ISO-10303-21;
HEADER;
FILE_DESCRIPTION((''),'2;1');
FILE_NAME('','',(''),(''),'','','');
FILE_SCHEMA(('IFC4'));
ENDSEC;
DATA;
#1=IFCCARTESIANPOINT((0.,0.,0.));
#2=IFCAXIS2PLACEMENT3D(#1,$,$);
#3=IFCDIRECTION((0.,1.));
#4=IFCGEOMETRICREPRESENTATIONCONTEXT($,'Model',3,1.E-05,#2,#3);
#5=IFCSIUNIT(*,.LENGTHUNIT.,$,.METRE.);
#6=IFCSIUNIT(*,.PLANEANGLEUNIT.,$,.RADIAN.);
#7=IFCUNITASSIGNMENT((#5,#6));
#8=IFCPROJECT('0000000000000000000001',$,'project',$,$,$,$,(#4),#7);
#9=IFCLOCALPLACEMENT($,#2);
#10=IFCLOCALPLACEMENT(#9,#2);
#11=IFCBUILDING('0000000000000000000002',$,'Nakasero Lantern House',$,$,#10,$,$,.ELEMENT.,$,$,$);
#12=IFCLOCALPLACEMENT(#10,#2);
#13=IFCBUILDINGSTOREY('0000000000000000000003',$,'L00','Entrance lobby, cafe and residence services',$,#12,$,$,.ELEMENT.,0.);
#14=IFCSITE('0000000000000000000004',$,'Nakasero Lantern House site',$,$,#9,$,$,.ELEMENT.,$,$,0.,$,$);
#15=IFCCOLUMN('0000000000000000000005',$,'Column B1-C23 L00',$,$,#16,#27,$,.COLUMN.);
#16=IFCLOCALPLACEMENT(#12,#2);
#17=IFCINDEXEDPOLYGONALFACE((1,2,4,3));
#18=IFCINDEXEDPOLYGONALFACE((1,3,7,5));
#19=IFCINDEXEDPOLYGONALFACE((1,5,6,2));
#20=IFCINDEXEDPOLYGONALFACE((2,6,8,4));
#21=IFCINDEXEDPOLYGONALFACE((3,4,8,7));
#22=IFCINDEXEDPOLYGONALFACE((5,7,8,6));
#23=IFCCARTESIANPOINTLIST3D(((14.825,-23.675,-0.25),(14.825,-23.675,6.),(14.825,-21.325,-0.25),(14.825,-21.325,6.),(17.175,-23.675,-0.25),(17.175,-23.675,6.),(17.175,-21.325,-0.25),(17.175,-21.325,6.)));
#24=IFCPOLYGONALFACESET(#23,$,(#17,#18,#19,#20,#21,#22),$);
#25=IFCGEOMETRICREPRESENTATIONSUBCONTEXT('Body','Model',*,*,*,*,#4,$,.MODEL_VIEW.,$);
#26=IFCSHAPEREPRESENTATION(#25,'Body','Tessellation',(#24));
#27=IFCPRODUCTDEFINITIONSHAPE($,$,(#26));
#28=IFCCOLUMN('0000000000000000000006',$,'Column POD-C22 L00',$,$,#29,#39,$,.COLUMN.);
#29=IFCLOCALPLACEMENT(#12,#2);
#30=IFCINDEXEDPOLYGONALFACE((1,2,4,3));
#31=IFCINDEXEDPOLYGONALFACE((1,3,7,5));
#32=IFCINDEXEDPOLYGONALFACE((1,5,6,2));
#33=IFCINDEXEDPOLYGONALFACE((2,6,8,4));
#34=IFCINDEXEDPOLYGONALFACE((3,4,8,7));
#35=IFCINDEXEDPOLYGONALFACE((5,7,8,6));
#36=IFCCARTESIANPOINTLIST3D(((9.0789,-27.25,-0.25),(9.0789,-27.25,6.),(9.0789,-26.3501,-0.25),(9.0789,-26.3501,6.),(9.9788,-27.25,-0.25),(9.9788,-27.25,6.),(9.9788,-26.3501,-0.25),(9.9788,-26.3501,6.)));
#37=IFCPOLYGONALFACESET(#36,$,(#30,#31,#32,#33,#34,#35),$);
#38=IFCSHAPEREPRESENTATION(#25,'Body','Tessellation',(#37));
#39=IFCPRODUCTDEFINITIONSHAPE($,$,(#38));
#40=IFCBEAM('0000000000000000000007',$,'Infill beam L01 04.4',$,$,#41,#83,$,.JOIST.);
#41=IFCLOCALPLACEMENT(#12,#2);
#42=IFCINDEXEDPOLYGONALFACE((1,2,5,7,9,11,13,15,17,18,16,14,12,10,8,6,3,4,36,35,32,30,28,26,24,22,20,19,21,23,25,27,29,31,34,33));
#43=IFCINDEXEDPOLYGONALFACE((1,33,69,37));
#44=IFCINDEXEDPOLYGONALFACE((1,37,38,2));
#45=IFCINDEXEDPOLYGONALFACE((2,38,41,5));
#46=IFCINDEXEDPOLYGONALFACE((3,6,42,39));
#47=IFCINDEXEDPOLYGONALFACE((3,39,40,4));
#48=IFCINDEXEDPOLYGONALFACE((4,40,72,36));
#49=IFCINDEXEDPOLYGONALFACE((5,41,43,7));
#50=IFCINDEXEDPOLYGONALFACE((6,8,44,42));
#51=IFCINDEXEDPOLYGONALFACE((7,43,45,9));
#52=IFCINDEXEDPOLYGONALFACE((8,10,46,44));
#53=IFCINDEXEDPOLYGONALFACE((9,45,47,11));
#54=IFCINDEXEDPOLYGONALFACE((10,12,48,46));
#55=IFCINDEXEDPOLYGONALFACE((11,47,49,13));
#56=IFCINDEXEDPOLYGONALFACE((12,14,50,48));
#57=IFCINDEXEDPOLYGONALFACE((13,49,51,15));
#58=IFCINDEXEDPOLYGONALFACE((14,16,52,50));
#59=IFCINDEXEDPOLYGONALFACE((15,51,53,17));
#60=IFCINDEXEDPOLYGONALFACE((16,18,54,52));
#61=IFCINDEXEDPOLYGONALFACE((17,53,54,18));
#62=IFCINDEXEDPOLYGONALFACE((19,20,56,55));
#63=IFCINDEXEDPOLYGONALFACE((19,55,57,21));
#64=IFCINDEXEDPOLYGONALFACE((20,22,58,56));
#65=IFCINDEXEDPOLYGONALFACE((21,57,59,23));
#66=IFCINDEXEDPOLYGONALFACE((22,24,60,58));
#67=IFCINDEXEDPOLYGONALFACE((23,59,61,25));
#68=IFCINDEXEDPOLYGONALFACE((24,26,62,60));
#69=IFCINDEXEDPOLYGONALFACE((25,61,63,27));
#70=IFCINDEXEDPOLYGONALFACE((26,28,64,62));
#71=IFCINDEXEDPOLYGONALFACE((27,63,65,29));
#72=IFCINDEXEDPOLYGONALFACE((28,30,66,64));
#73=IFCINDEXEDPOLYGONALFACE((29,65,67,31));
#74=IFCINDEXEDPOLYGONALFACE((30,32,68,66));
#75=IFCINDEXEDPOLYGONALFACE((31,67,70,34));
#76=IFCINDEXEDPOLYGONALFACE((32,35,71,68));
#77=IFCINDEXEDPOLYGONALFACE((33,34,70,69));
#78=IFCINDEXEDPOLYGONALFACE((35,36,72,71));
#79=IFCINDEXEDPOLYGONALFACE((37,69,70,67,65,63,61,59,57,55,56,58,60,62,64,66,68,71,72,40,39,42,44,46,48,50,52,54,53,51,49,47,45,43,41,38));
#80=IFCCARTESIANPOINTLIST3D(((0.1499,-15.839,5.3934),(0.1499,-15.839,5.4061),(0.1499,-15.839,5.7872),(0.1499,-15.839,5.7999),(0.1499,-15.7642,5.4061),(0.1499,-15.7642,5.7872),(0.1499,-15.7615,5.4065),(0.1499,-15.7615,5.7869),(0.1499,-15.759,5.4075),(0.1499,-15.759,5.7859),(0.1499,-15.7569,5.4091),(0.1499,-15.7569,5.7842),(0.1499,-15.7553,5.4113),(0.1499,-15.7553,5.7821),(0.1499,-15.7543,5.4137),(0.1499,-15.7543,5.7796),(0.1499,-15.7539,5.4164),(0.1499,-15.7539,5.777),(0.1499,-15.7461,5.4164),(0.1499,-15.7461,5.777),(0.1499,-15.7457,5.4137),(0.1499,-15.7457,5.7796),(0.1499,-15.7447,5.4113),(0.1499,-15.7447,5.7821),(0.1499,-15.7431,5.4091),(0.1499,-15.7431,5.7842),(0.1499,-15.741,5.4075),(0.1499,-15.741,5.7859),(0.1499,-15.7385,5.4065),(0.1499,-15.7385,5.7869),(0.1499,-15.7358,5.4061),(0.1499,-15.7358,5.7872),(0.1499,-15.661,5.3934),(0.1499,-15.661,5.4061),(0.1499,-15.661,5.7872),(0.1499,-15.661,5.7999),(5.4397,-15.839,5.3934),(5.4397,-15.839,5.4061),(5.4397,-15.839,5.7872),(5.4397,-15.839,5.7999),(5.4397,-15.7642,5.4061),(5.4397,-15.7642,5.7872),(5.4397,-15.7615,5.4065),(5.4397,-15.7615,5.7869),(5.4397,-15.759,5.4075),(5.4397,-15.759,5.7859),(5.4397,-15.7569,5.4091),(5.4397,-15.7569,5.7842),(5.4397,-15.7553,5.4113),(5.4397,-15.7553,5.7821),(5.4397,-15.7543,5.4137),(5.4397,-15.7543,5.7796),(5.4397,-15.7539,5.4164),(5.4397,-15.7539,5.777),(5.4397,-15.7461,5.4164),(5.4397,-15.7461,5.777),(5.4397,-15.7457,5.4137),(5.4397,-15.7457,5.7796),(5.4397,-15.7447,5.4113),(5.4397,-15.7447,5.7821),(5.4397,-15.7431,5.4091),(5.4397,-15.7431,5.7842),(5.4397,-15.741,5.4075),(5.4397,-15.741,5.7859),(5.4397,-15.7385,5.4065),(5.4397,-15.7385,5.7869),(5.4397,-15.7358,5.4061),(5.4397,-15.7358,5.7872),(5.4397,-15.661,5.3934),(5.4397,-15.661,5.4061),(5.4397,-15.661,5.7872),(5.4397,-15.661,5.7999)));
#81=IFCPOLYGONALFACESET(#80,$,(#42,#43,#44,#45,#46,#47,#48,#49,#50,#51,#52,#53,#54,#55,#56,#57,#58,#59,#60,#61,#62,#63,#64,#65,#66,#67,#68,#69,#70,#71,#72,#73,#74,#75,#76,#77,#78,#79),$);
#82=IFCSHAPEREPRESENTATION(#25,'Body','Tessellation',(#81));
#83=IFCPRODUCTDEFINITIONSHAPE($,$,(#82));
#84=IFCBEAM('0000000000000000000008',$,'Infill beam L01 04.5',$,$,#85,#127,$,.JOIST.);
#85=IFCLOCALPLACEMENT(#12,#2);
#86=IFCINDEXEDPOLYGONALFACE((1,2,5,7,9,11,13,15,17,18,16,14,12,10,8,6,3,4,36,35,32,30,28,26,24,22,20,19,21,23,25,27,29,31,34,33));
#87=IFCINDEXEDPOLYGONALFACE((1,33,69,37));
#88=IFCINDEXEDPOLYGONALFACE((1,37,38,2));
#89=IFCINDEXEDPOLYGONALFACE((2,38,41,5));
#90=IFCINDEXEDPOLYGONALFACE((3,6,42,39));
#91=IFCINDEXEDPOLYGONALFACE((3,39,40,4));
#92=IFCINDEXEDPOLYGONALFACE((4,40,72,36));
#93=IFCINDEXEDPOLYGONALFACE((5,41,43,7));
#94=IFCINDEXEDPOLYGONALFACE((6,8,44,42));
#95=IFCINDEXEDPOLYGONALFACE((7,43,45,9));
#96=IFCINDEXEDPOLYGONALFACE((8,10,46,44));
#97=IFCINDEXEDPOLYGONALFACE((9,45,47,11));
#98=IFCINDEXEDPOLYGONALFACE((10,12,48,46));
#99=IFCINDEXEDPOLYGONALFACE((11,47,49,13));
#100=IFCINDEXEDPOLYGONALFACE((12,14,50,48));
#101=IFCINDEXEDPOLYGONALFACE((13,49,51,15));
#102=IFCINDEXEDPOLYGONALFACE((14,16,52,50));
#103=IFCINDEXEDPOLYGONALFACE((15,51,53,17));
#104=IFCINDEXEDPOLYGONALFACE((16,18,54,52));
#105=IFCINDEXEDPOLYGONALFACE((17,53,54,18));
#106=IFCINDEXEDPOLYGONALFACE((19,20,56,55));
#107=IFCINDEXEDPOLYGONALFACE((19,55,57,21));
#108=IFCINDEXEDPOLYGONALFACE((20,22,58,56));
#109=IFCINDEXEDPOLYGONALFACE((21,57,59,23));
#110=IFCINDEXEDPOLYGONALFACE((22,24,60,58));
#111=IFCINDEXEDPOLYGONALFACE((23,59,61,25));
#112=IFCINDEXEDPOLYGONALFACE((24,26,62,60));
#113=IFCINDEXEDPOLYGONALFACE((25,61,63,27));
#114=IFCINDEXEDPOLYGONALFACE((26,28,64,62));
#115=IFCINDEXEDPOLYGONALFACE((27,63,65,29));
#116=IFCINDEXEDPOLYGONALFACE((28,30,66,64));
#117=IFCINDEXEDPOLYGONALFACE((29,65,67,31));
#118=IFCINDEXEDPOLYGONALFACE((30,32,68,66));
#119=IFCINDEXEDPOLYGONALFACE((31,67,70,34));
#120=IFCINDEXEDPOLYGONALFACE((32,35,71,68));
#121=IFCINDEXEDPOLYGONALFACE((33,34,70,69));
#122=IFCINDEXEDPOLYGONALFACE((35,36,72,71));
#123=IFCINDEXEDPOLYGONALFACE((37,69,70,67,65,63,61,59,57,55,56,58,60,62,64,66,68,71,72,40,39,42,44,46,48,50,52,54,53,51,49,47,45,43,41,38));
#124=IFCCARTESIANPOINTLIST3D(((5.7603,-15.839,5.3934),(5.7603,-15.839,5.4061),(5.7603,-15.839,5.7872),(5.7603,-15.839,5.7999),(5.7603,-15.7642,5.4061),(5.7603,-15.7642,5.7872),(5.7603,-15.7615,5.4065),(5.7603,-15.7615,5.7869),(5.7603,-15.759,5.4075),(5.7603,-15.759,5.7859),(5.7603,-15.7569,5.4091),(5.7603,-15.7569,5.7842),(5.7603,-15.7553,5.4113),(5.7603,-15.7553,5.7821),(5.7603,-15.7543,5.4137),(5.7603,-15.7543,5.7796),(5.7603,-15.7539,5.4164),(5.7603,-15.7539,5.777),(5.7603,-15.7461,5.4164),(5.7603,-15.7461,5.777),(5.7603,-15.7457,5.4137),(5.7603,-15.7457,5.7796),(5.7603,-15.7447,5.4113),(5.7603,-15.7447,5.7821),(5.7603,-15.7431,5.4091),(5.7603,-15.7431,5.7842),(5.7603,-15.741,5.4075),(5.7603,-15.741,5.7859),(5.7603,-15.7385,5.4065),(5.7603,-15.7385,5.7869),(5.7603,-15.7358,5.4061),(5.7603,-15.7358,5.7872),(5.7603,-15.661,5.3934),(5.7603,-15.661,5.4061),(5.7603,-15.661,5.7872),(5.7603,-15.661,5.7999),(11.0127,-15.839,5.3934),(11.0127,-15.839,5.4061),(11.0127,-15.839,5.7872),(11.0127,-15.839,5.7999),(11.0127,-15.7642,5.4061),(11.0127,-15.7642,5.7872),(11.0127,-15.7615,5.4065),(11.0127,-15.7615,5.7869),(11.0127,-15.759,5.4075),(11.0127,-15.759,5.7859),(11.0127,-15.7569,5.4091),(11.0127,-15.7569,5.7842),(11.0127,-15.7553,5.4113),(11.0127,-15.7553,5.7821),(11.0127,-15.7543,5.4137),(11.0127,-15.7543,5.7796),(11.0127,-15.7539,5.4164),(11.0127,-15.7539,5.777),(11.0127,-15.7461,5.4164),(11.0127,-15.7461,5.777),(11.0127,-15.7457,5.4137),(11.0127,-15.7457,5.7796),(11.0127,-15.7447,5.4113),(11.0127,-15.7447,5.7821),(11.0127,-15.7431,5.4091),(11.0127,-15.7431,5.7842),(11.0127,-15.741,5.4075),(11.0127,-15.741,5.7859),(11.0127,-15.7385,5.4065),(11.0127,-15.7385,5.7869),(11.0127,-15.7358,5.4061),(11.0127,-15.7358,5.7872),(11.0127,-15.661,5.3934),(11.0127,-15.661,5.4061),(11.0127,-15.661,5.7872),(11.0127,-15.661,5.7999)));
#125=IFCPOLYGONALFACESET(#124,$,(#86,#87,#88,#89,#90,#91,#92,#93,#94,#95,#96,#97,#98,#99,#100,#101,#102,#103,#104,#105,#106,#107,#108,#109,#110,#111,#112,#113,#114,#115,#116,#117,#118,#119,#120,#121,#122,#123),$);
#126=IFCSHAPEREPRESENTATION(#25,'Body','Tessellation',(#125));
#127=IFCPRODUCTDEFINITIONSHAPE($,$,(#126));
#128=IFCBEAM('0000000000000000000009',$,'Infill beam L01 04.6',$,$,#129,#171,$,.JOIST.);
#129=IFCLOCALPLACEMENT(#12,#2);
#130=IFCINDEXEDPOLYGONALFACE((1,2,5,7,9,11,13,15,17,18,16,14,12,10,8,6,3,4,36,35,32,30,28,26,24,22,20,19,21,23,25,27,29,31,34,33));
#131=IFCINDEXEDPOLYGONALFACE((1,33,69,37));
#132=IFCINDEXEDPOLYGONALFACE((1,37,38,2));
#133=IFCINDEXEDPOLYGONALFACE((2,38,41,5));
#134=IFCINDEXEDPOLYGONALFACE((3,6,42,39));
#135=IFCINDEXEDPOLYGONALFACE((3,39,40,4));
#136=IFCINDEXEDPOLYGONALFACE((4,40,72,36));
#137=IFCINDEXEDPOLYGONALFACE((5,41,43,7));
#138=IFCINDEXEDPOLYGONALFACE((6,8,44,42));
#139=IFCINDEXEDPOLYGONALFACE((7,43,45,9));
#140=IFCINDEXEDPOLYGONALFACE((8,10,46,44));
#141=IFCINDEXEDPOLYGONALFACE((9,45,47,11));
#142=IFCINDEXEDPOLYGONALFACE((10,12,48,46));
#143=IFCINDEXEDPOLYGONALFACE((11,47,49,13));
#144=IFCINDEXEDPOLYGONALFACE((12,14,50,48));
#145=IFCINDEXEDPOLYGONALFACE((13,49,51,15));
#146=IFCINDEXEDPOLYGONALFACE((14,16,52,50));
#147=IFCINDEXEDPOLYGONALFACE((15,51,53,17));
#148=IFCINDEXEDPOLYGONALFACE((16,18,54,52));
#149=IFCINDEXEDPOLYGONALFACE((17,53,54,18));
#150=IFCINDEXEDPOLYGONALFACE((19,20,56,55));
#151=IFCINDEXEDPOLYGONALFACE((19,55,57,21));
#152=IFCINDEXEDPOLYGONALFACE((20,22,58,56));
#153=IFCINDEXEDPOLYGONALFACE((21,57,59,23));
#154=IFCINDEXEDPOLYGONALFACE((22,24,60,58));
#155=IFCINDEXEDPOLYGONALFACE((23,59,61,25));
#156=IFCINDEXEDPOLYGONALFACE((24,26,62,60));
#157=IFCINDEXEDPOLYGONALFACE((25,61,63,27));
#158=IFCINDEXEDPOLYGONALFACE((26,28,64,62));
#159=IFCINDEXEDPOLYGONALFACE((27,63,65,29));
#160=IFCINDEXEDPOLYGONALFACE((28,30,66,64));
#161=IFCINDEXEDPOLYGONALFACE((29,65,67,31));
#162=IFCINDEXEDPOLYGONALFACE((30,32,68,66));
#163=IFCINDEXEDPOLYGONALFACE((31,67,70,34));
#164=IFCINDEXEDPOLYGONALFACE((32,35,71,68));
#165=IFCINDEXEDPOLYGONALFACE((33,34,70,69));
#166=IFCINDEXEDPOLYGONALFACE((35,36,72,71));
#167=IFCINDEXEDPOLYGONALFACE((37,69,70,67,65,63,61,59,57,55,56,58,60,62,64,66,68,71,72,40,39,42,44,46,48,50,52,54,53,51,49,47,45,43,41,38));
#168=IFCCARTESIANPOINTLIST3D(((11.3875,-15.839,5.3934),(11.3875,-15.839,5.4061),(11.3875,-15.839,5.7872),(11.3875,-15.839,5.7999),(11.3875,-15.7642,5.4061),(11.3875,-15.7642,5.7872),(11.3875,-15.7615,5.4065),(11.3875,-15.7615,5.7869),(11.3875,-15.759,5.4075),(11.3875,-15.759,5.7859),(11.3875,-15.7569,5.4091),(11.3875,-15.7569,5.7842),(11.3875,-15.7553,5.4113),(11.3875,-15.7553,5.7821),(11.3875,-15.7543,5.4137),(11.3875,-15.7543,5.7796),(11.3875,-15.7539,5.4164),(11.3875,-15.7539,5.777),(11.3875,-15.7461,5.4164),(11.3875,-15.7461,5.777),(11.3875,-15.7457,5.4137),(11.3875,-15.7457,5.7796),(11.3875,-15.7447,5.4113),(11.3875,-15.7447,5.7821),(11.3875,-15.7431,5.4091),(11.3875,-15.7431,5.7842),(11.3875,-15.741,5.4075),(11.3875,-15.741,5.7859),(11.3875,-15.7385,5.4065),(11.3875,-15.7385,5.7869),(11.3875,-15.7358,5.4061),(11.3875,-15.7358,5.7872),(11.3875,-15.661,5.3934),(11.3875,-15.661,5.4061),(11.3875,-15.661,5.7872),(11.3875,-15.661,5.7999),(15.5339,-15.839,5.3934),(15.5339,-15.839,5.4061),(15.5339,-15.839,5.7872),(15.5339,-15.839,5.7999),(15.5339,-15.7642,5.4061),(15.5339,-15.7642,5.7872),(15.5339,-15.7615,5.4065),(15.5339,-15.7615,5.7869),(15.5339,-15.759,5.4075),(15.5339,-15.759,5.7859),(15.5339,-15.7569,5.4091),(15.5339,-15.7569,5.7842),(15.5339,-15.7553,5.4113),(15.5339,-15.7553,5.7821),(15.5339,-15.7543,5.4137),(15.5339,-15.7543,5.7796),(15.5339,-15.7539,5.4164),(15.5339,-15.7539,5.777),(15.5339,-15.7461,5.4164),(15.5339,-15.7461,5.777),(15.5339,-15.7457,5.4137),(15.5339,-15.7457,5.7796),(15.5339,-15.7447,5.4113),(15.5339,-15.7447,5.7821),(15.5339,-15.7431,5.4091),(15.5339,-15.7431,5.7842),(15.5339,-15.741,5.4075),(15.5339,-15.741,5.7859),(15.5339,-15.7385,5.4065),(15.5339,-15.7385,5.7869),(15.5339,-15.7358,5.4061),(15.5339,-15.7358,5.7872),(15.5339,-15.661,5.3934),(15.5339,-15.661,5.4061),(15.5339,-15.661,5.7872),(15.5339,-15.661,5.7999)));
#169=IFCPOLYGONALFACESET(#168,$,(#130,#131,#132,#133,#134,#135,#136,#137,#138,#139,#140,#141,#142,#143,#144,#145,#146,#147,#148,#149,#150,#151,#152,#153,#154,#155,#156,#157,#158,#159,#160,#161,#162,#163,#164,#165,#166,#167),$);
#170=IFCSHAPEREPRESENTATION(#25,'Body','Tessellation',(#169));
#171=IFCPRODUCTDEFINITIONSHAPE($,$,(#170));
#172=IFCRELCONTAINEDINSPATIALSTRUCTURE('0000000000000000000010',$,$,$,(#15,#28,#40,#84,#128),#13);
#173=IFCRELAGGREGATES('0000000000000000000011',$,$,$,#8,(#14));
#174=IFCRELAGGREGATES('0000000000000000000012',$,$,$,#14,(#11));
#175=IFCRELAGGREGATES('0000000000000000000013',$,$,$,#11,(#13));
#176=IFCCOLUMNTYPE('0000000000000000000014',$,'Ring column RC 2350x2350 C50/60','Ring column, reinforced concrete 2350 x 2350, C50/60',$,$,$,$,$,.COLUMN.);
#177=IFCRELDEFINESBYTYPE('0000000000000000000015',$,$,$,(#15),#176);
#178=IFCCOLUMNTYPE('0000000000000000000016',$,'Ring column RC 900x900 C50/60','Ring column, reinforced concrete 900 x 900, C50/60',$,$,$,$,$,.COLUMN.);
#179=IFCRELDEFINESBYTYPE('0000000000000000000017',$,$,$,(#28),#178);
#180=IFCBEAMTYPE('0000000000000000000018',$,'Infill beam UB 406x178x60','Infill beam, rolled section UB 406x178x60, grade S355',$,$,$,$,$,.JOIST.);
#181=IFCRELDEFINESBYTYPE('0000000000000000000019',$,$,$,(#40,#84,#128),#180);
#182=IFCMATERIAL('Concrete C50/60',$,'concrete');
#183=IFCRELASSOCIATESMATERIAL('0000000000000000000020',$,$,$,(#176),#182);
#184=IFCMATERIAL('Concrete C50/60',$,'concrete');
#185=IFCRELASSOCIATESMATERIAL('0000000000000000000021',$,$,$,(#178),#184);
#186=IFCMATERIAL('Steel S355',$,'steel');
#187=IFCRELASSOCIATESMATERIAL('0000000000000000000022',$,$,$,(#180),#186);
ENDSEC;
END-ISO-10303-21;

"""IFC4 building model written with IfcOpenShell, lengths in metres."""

from ifc_helpers import new_model, si_unit, direction, frame, origin, origin_2d, place, context, subcontext, project, spatial, rectangle, i_section, extrude, material, material_profile, profile_set, type_object, element, save


model = new_model("IFC4")

# Units and contexts
model_context = context("Model", 3, precision=1e-05, world=origin(), true_north=direction((0.0, 1.0)))
body_context = subcontext(model_context, "Body", "Model", "MODEL_VIEW")
ifc_project = project(units=[si_unit("LENGTHUNIT", "METRE"), si_unit("PLANEANGLEUNIT", "RADIAN")], contexts=[model_context])

# Site, building, storey
site_placement = place(None, origin())
site = spatial("IfcSite", under=ifc_project, at=site_placement, Name="Nakasero Lantern House site", CompositionType="ELEMENT", RefElevation=0.0)
building_placement = place(site_placement, origin())
building = spatial("IfcBuilding", under=site, at=building_placement, Name="Nakasero Lantern House", CompositionType="ELEMENT")
storey_placement = place(building_placement, origin())
storey = spatial("IfcBuildingStorey", under=building, at=storey_placement, Name="L00", Description="Entrance lobby, cafe and residence services", CompositionType="ELEMENT", Elevation=0.0)

# Columns
ifc_material_1 = material(Name="Concrete C50/60", Category="concrete")
ifc_material_profile_1 = material_profile(ifc_material_1, rectangle(XDim=2.3501, YDim=2.3501, at=origin_2d()), Name="RC 2350x2350")
ifc_profile_set_1 = profile_set([ifc_material_profile_1], Name="Concrete C50/60")
column_type_1 = type_object("IfcColumnType", Name="Ring column RC 2350x2350 C50/60", Description="Ring column, reinforced concrete 2350 x 2350, C50/60", PredefinedType="COLUMN", material=ifc_profile_set_1)
column_1_placement = place(storey_placement, frame((16.0, -22.5, -0.25), z_axis=(0.0, 0.0, 1.0), x_axis=(1.0, 0.0, 0.0)))
element("IfcColumn", 1, at=column_1_placement, inside=storey, type_object=column_type_1, Name="Column B1-C23 L00", PredefinedType="COLUMN", context=body_context, shape_type="SweptSolid", body=[
    extrude(rectangle(XDim=2.3501, YDim=2.3501, at=origin_2d()), origin(), (0.0, 0.0, 1.0), 6.25),
])
ifc_material_2 = material(Name="Concrete C50/60", Category="concrete")
ifc_material_profile_2 = material_profile(ifc_material_2, rectangle(XDim=0.8999, YDim=0.8999, at=origin_2d()), Name="RC 900x900")
ifc_profile_set_2 = profile_set([ifc_material_profile_2], Name="Concrete C50/60")
column_type_2 = type_object("IfcColumnType", Name="Ring column RC 900x900 C50/60", Description="Ring column, reinforced concrete 900 x 900, C50/60", PredefinedType="COLUMN", material=ifc_profile_set_2)
column_2_placement = place(storey_placement, frame((9.5288, -26.8, -0.25), z_axis=(0.0, 0.0, 1.0), x_axis=(1.0, 0.0, 0.0)))
element("IfcColumn", 2, at=column_2_placement, inside=storey, type_object=column_type_2, Name="Column POD-C22 L00", PredefinedType="COLUMN", context=body_context, shape_type="SweptSolid", body=[
    extrude(rectangle(XDim=0.8999, YDim=0.8999, at=origin_2d()), origin(), (0.0, 0.0, 1.0), 6.25),
])

# Beams
ifc_material_3 = material(Name="Steel S355", Category="steel")
ifc_material_profile_3 = material_profile(ifc_material_3, i_section(OverallWidth=0.178, OverallDepth=0.4065, WebThickness=0.0078, FlangeThickness=0.0127, FilletRadius=0.0103, at=origin_2d()), Name="UB 406x178x60")
ifc_profile_set_3 = profile_set([ifc_material_profile_3], Name="Steel S355")
beam_type_1 = type_object("IfcBeamType", Name="Infill beam UB 406x178x60", Description="Infill beam, rolled section UB 406x178x60, grade S355", PredefinedType="JOIST", material=ifc_profile_set_3)
beam_1_placement = place(storey_placement, frame((0.1499, -15.75, 5.5967), z_axis=(1.0, 0.0, 0.0), x_axis=(0.0, 1.0, 0.0)))
element("IfcBeam", 3, at=beam_1_placement, inside=storey, type_object=beam_type_1, Name="Infill beam L01 04.4", PredefinedType="JOIST", context=body_context, shape_type="SweptSolid", body=[
    extrude(i_section(OverallWidth=0.178, OverallDepth=0.4065, WebThickness=0.0078, FlangeThickness=0.0127, FilletRadius=0.0103, at=origin_2d()), origin(), (0.0, 0.0, 1.0), 5.2898),
])
beam_2_placement = place(storey_placement, frame((5.7603, -15.75, 5.5967), z_axis=(1.0, 0.0, 0.0), x_axis=(0.0, 1.0, 0.0)))
element("IfcBeam", 4, at=beam_2_placement, inside=storey, type_object=beam_type_1, Name="Infill beam L01 04.5", PredefinedType="JOIST", context=body_context, shape_type="SweptSolid", body=[
    extrude(i_section(OverallWidth=0.178, OverallDepth=0.4065, WebThickness=0.0078, FlangeThickness=0.0127, FilletRadius=0.0103, at=origin_2d()), origin(), (0.0, 0.0, 1.0), 5.2524),
])
beam_3_placement = place(storey_placement, frame((11.3875, -15.75, 5.5967), z_axis=(1.0, 0.0, 0.0), x_axis=(0.0, 1.0, 0.0)))
element("IfcBeam", 5, at=beam_3_placement, inside=storey, type_object=beam_type_1, Name="Infill beam L01 04.6", PredefinedType="JOIST", context=body_context, shape_type="SweptSolid", body=[
    extrude(i_section(OverallWidth=0.178, OverallDepth=0.4065, WebThickness=0.0078, FlangeThickness=0.0127, FilletRadius=0.0103, at=origin_2d()), origin(), (0.0, 0.0, 1.0), 4.1465),
])

save(model, "model.ifc")
